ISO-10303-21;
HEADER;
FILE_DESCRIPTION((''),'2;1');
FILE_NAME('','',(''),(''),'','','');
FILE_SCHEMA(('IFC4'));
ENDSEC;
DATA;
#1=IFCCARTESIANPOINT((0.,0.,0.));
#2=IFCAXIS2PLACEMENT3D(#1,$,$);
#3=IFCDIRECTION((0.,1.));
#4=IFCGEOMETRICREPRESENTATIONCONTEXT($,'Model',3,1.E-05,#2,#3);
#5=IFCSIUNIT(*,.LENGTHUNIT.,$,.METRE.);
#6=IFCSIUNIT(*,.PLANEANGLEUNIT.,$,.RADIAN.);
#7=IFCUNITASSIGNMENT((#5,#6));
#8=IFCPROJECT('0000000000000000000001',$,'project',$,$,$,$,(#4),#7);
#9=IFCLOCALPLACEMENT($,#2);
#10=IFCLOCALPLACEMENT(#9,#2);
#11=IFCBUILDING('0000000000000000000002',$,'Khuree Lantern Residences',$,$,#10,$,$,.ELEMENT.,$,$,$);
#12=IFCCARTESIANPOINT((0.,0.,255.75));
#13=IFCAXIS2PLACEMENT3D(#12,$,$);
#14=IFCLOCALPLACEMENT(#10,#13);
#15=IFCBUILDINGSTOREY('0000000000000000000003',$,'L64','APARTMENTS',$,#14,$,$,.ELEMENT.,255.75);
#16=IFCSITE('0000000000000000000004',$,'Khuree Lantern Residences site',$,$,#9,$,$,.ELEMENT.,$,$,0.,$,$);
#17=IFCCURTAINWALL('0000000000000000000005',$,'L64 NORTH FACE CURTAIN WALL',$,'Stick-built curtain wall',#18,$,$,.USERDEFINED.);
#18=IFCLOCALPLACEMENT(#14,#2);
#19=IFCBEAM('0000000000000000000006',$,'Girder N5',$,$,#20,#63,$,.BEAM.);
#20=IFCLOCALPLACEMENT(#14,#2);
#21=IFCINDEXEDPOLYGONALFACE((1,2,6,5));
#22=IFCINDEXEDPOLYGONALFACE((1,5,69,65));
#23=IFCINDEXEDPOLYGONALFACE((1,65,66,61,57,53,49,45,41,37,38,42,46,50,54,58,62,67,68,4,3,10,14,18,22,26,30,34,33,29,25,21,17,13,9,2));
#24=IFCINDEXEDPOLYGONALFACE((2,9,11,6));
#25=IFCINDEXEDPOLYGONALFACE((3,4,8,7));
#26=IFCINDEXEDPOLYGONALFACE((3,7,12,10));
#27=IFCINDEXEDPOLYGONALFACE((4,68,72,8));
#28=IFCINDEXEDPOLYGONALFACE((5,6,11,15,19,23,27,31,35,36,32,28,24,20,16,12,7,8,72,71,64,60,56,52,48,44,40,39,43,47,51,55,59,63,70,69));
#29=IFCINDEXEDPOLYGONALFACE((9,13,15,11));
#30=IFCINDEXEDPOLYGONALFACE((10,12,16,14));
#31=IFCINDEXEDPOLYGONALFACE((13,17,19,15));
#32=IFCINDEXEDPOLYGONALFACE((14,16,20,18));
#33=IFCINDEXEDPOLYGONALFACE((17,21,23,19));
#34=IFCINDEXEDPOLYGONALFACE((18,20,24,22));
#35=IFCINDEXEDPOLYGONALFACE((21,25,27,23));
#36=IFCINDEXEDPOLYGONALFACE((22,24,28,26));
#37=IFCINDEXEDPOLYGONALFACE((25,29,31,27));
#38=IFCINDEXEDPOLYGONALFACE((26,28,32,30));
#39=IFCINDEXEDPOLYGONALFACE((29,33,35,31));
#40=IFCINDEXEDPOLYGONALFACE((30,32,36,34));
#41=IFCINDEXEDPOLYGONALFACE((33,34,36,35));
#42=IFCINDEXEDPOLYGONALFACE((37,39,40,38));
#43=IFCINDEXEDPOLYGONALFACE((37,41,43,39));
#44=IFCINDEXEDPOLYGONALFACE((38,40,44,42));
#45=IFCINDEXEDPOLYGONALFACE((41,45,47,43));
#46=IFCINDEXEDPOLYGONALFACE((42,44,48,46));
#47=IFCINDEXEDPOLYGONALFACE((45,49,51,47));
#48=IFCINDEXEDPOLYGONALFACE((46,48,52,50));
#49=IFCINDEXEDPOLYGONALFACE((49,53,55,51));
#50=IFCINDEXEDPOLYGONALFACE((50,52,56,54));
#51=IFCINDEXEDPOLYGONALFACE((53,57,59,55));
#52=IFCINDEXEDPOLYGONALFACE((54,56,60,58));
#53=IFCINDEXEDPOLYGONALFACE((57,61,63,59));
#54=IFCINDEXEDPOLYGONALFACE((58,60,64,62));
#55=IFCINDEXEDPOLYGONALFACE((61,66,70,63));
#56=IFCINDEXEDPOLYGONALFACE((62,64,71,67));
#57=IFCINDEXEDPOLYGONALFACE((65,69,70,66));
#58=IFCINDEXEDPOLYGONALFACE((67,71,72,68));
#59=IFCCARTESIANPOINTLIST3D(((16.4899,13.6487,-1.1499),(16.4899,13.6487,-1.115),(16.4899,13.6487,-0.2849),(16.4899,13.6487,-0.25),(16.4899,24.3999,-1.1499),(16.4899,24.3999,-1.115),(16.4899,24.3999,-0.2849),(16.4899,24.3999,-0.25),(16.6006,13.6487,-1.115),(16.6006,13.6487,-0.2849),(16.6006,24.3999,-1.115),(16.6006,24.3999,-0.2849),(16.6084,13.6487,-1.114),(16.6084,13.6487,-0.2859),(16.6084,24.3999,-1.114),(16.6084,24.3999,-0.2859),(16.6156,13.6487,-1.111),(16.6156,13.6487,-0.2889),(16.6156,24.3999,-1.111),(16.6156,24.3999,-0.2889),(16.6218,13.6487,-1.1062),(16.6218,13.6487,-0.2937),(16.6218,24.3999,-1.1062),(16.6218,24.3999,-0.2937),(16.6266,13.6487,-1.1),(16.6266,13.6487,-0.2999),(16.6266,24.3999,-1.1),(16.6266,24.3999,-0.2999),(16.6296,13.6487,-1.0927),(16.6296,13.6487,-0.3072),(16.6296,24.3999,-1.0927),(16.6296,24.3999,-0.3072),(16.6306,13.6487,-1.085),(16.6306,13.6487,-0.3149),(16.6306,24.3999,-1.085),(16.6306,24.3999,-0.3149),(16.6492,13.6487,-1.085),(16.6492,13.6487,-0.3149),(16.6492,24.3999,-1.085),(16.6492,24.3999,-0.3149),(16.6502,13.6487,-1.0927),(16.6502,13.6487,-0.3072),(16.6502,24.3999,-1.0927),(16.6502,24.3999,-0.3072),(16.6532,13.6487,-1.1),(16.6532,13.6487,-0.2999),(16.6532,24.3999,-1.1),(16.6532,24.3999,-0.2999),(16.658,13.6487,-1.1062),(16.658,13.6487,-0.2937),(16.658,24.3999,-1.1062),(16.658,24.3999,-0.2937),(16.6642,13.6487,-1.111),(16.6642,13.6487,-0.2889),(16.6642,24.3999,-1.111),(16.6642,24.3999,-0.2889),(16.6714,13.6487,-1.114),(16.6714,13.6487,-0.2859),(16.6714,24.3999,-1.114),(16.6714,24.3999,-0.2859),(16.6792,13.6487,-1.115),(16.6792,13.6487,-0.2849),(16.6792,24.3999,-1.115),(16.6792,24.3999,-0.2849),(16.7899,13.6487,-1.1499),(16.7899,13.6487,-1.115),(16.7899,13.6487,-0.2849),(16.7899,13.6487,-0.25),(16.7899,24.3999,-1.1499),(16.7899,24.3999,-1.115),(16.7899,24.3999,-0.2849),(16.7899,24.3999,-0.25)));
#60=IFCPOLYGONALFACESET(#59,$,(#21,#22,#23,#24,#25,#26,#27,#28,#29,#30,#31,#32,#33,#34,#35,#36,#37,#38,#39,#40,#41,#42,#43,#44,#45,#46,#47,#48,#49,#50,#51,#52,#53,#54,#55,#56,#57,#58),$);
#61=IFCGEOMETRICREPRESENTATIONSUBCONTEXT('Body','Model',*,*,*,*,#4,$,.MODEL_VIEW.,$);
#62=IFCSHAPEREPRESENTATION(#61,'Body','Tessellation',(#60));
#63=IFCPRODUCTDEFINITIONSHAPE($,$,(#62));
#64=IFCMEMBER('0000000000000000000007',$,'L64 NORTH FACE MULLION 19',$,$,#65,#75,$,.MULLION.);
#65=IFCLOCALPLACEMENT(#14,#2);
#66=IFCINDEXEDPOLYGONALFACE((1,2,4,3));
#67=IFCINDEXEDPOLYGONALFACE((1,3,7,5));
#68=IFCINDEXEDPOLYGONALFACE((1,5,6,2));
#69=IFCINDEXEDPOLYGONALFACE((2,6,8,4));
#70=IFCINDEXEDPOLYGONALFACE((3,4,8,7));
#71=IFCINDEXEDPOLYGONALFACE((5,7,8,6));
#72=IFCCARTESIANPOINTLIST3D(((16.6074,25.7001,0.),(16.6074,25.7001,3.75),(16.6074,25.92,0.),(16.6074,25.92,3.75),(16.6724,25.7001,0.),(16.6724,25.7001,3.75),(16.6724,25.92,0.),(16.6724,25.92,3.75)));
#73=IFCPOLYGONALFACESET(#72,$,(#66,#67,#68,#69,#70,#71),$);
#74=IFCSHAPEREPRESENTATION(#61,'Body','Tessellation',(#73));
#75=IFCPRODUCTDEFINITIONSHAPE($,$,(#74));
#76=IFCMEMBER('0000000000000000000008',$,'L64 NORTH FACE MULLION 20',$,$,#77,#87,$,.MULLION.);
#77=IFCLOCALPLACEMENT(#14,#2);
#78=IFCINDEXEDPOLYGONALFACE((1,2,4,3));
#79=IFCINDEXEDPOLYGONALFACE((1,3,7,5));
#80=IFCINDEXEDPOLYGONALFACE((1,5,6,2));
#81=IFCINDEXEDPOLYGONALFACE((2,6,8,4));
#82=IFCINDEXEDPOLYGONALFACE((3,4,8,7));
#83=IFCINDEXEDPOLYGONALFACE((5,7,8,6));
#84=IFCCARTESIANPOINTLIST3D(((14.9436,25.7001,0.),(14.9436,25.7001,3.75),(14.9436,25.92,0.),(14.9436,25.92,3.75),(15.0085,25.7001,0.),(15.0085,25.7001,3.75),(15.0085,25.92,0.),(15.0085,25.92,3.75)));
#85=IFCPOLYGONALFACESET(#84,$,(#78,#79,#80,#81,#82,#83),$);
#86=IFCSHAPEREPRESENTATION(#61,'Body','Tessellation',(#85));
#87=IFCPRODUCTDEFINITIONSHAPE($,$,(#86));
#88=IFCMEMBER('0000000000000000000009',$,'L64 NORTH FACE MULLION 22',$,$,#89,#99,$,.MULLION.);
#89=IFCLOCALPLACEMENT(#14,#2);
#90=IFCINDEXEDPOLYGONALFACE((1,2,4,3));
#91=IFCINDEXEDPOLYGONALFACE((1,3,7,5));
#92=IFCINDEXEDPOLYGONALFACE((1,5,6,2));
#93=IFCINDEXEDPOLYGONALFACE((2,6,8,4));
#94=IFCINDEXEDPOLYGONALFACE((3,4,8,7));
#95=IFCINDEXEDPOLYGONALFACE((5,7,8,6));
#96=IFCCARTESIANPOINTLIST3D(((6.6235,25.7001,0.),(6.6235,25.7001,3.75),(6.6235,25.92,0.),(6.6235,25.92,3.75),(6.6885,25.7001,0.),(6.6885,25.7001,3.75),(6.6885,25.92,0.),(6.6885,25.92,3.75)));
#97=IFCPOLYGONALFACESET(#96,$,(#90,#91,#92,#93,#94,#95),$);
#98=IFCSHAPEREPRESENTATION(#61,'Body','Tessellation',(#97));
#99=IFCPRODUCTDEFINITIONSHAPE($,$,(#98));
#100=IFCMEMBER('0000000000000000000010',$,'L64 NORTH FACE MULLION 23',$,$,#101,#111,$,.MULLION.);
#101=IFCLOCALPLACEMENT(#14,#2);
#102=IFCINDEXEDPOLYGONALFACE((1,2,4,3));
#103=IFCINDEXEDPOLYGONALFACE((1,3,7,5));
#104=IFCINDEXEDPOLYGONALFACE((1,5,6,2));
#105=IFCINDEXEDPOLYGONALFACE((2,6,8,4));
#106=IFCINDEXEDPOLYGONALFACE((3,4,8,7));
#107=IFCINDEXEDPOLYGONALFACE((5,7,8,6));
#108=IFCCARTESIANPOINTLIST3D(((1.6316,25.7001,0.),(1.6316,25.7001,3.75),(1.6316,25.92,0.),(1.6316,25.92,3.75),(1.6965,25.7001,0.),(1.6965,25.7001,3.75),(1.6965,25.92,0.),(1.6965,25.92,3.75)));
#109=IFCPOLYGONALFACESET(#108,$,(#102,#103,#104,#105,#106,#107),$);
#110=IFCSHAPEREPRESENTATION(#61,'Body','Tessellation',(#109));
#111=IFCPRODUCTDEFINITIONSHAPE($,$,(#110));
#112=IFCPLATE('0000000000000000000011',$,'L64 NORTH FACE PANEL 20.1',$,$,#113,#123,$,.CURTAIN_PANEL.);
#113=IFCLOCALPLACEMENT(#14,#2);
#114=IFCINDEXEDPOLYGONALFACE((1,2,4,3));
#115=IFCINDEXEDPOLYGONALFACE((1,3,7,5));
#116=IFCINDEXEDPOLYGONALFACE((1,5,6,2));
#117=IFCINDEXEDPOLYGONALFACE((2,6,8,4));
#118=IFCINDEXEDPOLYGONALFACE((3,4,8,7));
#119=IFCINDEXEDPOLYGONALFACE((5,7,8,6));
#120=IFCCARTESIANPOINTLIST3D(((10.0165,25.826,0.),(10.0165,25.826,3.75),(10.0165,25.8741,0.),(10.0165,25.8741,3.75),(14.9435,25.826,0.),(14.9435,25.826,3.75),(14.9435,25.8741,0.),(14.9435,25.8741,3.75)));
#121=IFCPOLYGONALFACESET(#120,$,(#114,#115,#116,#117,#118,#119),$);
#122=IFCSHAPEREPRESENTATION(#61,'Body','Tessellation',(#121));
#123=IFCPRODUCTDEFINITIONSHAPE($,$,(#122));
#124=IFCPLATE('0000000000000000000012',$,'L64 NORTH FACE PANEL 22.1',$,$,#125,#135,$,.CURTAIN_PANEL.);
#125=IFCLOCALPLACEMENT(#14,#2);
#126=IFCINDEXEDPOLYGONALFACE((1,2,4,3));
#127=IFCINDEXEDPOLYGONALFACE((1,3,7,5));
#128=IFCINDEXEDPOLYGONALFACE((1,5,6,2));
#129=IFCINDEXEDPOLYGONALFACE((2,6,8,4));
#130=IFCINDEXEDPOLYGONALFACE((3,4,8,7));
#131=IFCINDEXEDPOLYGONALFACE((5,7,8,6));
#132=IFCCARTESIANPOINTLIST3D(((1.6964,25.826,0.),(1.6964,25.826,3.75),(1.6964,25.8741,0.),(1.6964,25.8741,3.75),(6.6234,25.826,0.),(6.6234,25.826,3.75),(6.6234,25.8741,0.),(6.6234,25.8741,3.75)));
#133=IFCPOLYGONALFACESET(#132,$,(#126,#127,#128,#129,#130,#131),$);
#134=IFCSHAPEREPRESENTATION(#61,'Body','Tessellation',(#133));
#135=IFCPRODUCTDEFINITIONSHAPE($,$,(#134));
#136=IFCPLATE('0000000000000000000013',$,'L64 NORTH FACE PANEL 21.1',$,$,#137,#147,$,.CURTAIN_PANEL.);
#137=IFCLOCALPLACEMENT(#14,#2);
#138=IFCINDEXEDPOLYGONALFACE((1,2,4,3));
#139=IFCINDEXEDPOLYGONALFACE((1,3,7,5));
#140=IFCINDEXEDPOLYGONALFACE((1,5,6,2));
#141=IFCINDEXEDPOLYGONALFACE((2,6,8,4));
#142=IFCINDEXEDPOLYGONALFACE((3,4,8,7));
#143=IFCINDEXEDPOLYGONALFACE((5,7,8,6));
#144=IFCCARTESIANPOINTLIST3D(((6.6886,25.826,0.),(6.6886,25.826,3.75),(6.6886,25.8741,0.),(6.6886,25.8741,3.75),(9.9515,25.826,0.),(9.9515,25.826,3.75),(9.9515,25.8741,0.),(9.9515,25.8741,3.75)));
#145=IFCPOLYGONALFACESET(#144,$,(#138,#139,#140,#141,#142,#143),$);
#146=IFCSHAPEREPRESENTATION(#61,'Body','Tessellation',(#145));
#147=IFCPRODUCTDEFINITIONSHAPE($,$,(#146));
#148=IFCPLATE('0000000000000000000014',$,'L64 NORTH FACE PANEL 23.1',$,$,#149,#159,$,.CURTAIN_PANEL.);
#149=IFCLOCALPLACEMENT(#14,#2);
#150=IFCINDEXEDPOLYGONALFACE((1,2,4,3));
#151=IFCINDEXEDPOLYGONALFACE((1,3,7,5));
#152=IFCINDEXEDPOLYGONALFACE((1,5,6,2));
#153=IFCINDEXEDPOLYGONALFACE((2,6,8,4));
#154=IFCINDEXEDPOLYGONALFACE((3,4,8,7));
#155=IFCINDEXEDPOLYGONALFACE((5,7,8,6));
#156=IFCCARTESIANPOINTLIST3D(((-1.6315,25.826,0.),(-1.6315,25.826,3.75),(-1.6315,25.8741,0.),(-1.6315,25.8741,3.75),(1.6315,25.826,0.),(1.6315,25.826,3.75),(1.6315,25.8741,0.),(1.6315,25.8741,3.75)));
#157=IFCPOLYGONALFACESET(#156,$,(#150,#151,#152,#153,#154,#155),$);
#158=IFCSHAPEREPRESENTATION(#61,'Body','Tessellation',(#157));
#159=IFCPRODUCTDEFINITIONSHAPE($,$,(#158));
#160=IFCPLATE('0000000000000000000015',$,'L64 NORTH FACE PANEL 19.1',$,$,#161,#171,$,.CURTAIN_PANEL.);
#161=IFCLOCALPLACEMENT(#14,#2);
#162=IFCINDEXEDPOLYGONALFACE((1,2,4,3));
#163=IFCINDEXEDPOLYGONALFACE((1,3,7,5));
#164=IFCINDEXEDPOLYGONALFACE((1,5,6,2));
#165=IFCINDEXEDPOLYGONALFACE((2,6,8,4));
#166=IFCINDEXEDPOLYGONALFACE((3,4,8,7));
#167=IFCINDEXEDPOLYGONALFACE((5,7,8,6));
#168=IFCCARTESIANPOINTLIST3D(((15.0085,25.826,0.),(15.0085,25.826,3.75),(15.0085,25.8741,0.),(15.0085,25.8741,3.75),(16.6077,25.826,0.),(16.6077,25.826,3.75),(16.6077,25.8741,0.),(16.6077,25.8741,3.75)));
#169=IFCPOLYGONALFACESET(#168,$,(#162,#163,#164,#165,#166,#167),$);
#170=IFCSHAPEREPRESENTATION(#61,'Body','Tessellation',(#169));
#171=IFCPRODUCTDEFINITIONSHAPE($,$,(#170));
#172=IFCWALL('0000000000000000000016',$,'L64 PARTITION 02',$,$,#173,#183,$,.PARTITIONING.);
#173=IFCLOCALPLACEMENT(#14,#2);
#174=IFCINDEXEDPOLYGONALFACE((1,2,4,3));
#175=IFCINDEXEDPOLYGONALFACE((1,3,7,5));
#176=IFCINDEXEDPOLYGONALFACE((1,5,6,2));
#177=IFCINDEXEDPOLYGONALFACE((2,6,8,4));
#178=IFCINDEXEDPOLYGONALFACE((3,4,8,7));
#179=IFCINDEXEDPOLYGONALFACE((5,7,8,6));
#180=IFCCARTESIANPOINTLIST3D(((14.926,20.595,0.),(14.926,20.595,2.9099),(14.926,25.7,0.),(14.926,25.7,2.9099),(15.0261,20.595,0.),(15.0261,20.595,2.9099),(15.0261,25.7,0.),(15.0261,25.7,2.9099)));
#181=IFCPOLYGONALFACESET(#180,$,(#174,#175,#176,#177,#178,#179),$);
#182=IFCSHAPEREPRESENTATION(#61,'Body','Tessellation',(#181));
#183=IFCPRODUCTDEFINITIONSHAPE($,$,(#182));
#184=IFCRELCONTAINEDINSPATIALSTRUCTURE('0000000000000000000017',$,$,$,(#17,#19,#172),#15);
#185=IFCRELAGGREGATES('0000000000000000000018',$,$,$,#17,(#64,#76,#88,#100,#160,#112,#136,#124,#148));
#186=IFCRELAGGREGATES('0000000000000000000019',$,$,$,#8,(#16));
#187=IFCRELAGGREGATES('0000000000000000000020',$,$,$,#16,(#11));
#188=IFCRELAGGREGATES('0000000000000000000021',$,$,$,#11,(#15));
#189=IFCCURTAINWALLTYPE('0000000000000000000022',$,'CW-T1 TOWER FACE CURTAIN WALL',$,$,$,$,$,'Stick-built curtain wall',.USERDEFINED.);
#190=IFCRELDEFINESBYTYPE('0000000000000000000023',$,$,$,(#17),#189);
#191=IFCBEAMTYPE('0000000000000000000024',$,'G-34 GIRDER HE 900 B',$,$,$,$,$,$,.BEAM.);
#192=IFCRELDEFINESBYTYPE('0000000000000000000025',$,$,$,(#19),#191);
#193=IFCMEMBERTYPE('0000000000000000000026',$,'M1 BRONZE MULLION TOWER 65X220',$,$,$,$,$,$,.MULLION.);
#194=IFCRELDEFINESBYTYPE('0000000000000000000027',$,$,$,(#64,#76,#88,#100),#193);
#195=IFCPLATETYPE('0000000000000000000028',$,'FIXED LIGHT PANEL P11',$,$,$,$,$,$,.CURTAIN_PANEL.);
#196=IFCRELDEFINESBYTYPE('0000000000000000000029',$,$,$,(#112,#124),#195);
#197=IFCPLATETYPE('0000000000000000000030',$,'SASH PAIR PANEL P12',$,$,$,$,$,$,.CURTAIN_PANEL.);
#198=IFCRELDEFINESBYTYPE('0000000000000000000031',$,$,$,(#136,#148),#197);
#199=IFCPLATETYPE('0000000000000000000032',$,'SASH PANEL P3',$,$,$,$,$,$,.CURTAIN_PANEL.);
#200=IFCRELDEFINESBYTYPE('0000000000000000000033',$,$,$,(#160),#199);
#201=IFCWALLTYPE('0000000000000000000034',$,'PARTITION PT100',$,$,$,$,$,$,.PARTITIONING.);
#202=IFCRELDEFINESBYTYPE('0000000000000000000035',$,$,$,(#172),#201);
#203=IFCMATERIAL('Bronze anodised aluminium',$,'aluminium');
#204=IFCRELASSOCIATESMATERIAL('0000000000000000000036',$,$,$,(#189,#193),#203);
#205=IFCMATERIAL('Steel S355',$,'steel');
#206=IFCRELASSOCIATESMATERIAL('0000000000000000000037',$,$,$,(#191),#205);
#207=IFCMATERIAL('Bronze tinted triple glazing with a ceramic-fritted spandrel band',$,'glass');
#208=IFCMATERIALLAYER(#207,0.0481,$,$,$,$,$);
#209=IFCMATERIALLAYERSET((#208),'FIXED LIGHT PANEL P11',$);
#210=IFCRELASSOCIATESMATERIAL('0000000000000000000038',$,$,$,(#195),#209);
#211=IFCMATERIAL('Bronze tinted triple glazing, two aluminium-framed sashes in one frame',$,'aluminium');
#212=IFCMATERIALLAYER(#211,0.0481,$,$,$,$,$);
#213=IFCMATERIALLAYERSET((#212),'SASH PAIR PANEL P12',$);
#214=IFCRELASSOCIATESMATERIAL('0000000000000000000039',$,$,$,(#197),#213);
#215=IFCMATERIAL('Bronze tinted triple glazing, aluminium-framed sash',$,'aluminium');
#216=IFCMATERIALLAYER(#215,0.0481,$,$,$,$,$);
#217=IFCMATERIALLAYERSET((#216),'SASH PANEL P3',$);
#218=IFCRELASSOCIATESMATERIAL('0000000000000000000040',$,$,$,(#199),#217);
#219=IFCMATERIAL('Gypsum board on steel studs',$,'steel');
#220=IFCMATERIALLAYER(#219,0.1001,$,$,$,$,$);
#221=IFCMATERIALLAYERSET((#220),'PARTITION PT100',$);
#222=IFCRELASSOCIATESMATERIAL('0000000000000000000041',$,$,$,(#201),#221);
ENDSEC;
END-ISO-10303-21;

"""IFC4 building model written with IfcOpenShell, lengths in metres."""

from ifc_helpers import new_model, si_unit, direction, frame, frame_2d, origin, origin_2d, place, context, subcontext, project, spatial, rectangle, i_section, extrude, material, layer, layer_set, material_profile, profile_set, type_object, element, aggregate, save


model = new_model("IFC4")

# Units and contexts
model_context = context("Model", 3, precision=1e-05, world=origin(), true_north=direction((0.0, 1.0)))
body_context = subcontext(model_context, "Body", "Model", "MODEL_VIEW")
ifc_project = project(units=[si_unit("LENGTHUNIT", "METRE"), si_unit("PLANEANGLEUNIT", "RADIAN")], contexts=[model_context])

# Site, building, storey
site_placement = place(None, origin())
site = spatial("IfcSite", under=ifc_project, at=site_placement, Name="Khuree Lantern Residences site", CompositionType="ELEMENT", RefElevation=0.0)
building_placement = place(site_placement, origin())
building = spatial("IfcBuilding", under=site, at=building_placement, Name="Khuree Lantern Residences", CompositionType="ELEMENT")
storey_placement = place(building_placement, frame((0.0, 0.0, 255.75)))
storey = spatial("IfcBuildingStorey", under=building, at=storey_placement, Name="L64", Description="APARTMENTS", CompositionType="ELEMENT", Elevation=255.75)

# Shared definitions
ifc_material_1 = material(Name="Steel S355", Category="steel")

# Curtain wall
ifc_material_2 = material(Name="Bronze anodised aluminium", Category="aluminium")
curtain_wall_type = type_object("IfcCurtainWallType", Name="CW-T1 TOWER FACE CURTAIN WALL", ElementType="Stick-built curtain wall", PredefinedType="USERDEFINED", material=ifc_material_2)
curtain_wall_placement = place(storey_placement, origin())
curtain_wall = element("IfcCurtainWall", 1, at=curtain_wall_placement, inside=storey, type_object=curtain_wall_type, Name="L64 NORTH FACE CURTAIN WALL", ObjectType="Stick-built curtain wall", PredefinedType="USERDEFINED")

# Beam
ifc_material_profile_1 = material_profile(ifc_material_1, i_section(OverallWidth=0.3, OverallDepth=0.8999, WebThickness=0.0186, FlangeThickness=0.0349, FilletRadius=0.03, at=origin_2d()), Name="HE 900 B")
ifc_profile_set_1 = profile_set([ifc_material_profile_1], Name="Steel S355")
beam_type_1 = type_object("IfcBeamType", Name="G-34 GIRDER HE 900 B", PredefinedType="BEAM", material=ifc_profile_set_1)
beam_1_placement = place(storey_placement, frame((16.6399, 24.3999, -0.7), z_axis=(0.0, -1.0, 0.0), x_axis=(1.0, 0.0, 0.0)))
element("IfcBeam", 2, at=beam_1_placement, inside=storey, type_object=beam_type_1, Name="Girder N5", PredefinedType="BEAM", context=body_context, shape_type="SweptSolid", body=[
    extrude(i_section(OverallWidth=0.3, OverallDepth=0.8999, WebThickness=0.0186, FlangeThickness=0.0349, FilletRadius=0.03, at=origin_2d()), origin(), (0.0, 0.0, 1.0), 10.7512),
])

# Members
ifc_material_profile_2 = material_profile(ifc_material_2, rectangle(XDim=0.0649, YDim=0.22, at=origin_2d()), Name="M1 65X220")
ifc_profile_set_2 = profile_set([ifc_material_profile_2], Name="Bronze anodised aluminium")
member_type_1 = type_object("IfcMemberType", Name="M1 BRONZE MULLION TOWER 65X220", PredefinedType="MULLION", material=ifc_profile_set_2)
member_1_placement = place(storey_placement, frame((16.6399, 25.8101, 0.0), z_axis=(0.0, 0.0, 1.0), x_axis=(-1.0, 0.0, 0.0)))
member_1 = element("IfcMember", 3, at=member_1_placement, type_object=member_type_1, Name="L64 NORTH FACE MULLION 19", PredefinedType="MULLION", context=body_context, shape_type="SweptSolid", body=[
    extrude(rectangle(XDim=0.0649, YDim=0.22, at=origin_2d()), origin(), (0.0, 0.0, 1.0), 3.75),
])
member_2_placement = place(storey_placement, frame((14.9761, 25.8101, 0.0), z_axis=(0.0, 0.0, 1.0), x_axis=(-1.0, 0.0, 0.0)))
member_2 = element("IfcMember", 4, at=member_2_placement, type_object=member_type_1, Name="L64 NORTH FACE MULLION 20", PredefinedType="MULLION", context=body_context, shape_type="SweptSolid", body=[
    extrude(rectangle(XDim=0.0649, YDim=0.22, at=origin_2d()), origin(), (0.0, 0.0, 1.0), 3.75),
])
member_3_placement = place(storey_placement, frame((6.656, 25.8101, 0.0), z_axis=(0.0, 0.0, 1.0), x_axis=(-1.0, 0.0, 0.0)))
member_3 = element("IfcMember", 5, at=member_3_placement, type_object=member_type_1, Name="L64 NORTH FACE MULLION 22", PredefinedType="MULLION", context=body_context, shape_type="SweptSolid", body=[
    extrude(rectangle(XDim=0.0649, YDim=0.22, at=origin_2d()), origin(), (0.0, 0.0, 1.0), 3.75),
])
member_4_placement = place(storey_placement, frame((1.6641, 25.8101, 0.0), z_axis=(0.0, 0.0, 1.0), x_axis=(-1.0, 0.0, 0.0)))
member_4 = element("IfcMember", 6, at=member_4_placement, type_object=member_type_1, Name="L64 NORTH FACE MULLION 23", PredefinedType="MULLION", context=body_context, shape_type="SweptSolid", body=[
    extrude(rectangle(XDim=0.0649, YDim=0.22, at=origin_2d()), origin(), (0.0, 0.0, 1.0), 3.75),
])

# Plates
ifc_material_3 = material(Name="Bronze tinted triple glazing with a ceramic-fritted spandrel band", Category="glass")
ifc_layer_1 = layer(ifc_material_3, 0.0481)
ifc_layer_set_1 = layer_set([ifc_layer_1], Name="FIXED LIGHT PANEL P11")
plate_type_1 = type_object("IfcPlateType", Name="FIXED LIGHT PANEL P11", PredefinedType="CURTAIN_PANEL", material=ifc_layer_set_1)
plate_1_placement = place(storey_placement, frame((12.48, 25.8501, 0.0), z_axis=(0.0, 0.0, 1.0), x_axis=(-1.0, 0.0, 0.0)))
plate_1 = element("IfcPlate", 7, at=plate_1_placement, type_object=plate_type_1, Name="L64 NORTH FACE PANEL 20.1", PredefinedType="CURTAIN_PANEL", context=body_context, shape_type="SweptSolid", body=[
    extrude(rectangle(XDim=4.927, YDim=0.0481, at=origin_2d()), origin(), (0.0, 0.0, 1.0), 3.75),
])
plate_2_placement = place(storey_placement, frame((4.1599, 25.8501, 0.0), z_axis=(0.0, 0.0, 1.0), x_axis=(-1.0, 0.0, 0.0)))
plate_2 = element("IfcPlate", 8, at=plate_2_placement, type_object=plate_type_1, Name="L64 NORTH FACE PANEL 22.1", PredefinedType="CURTAIN_PANEL", context=body_context, shape_type="SweptSolid", body=[
    extrude(rectangle(XDim=4.927, YDim=0.0481, at=origin_2d()), origin(), (0.0, 0.0, 1.0), 3.75),
])
ifc_material_4 = material(Name="Bronze tinted triple glazing, two aluminium-framed sashes in one frame", Category="aluminium")
ifc_layer_2 = layer(ifc_material_4, 0.0481)
ifc_layer_set_2 = layer_set([ifc_layer_2], Name="SASH PAIR PANEL P12")
plate_type_2 = type_object("IfcPlateType", Name="SASH PAIR PANEL P12", PredefinedType="CURTAIN_PANEL", material=ifc_layer_set_2)
plate_3_placement = place(storey_placement, frame((8.3201, 25.8501, 0.0), z_axis=(0.0, 0.0, 1.0), x_axis=(-1.0, 0.0, 0.0)))
plate_3 = element("IfcPlate", 9, at=plate_3_placement, type_object=plate_type_2, Name="L64 NORTH FACE PANEL 21.1", PredefinedType="CURTAIN_PANEL", context=body_context, shape_type="SweptSolid", body=[
    extrude(rectangle(XDim=3.2629, YDim=0.0481, at=origin_2d()), origin(), (0.0, 0.0, 1.0), 3.75),
])
plate_4_placement = place(storey_placement, frame((0.0, 25.8501, 0.0), z_axis=(0.0, 0.0, 1.0), x_axis=(-1.0, 0.0, 0.0)))
plate_4 = element("IfcPlate", 10, at=plate_4_placement, type_object=plate_type_2, Name="L64 NORTH FACE PANEL 23.1", PredefinedType="CURTAIN_PANEL", context=body_context, shape_type="SweptSolid", body=[
    extrude(rectangle(XDim=3.2629, YDim=0.0481, at=origin_2d()), origin(), (0.0, 0.0, 1.0), 3.75),
])
ifc_material_5 = material(Name="Bronze tinted triple glazing, aluminium-framed sash", Category="aluminium")
ifc_layer_3 = layer(ifc_material_5, 0.0481)
ifc_layer_set_3 = layer_set([ifc_layer_3], Name="SASH PANEL P3")
plate_type_3 = type_object("IfcPlateType", Name="SASH PANEL P3", PredefinedType="CURTAIN_PANEL", material=ifc_layer_set_3)
plate_5_placement = place(storey_placement, frame((15.8081, 25.8501, 0.0), z_axis=(0.0, 0.0, 1.0), x_axis=(-1.0, 0.0, 0.0)))
plate_5 = element("IfcPlate", 11, at=plate_5_placement, type_object=plate_type_3, Name="L64 NORTH FACE PANEL 19.1", PredefinedType="CURTAIN_PANEL", context=body_context, shape_type="SweptSolid", body=[
    extrude(rectangle(XDim=1.5991, YDim=0.0481, at=origin_2d()), origin(), (0.0, 0.0, 1.0), 3.75),
])
aggregate(curtain_wall, [member_1, member_2, member_3, member_4, plate_5, plate_1, plate_3, plate_2, plate_4])

# Wall
ifc_material_6 = material(Name="Gypsum board on steel studs", Category="steel")
ifc_layer_4 = layer(ifc_material_6, 0.1001)
ifc_layer_set_4 = layer_set([ifc_layer_4], Name="PARTITION PT100")
wall_type = type_object("IfcWallType", Name="PARTITION PT100", PredefinedType="PARTITIONING", material=ifc_layer_set_4)
wall_1_placement = place(storey_placement, frame((14.9761, 20.595, 0.0), z_axis=(0.0, 0.0, 1.0), x_axis=(0.0, 1.0, 0.0)))
element("IfcWall", 12, at=wall_1_placement, inside=storey, type_object=wall_type, Name="L64 PARTITION 02", PredefinedType="PARTITIONING", context=body_context, shape_type="SweptSolid", body=[
    extrude(rectangle(XDim=5.105, YDim=0.1001, at=frame_2d((2.5525, 0.0))), origin(), (0.0, 0.0, 1.0), 2.9099),
])

save(model, "model.ifc")
